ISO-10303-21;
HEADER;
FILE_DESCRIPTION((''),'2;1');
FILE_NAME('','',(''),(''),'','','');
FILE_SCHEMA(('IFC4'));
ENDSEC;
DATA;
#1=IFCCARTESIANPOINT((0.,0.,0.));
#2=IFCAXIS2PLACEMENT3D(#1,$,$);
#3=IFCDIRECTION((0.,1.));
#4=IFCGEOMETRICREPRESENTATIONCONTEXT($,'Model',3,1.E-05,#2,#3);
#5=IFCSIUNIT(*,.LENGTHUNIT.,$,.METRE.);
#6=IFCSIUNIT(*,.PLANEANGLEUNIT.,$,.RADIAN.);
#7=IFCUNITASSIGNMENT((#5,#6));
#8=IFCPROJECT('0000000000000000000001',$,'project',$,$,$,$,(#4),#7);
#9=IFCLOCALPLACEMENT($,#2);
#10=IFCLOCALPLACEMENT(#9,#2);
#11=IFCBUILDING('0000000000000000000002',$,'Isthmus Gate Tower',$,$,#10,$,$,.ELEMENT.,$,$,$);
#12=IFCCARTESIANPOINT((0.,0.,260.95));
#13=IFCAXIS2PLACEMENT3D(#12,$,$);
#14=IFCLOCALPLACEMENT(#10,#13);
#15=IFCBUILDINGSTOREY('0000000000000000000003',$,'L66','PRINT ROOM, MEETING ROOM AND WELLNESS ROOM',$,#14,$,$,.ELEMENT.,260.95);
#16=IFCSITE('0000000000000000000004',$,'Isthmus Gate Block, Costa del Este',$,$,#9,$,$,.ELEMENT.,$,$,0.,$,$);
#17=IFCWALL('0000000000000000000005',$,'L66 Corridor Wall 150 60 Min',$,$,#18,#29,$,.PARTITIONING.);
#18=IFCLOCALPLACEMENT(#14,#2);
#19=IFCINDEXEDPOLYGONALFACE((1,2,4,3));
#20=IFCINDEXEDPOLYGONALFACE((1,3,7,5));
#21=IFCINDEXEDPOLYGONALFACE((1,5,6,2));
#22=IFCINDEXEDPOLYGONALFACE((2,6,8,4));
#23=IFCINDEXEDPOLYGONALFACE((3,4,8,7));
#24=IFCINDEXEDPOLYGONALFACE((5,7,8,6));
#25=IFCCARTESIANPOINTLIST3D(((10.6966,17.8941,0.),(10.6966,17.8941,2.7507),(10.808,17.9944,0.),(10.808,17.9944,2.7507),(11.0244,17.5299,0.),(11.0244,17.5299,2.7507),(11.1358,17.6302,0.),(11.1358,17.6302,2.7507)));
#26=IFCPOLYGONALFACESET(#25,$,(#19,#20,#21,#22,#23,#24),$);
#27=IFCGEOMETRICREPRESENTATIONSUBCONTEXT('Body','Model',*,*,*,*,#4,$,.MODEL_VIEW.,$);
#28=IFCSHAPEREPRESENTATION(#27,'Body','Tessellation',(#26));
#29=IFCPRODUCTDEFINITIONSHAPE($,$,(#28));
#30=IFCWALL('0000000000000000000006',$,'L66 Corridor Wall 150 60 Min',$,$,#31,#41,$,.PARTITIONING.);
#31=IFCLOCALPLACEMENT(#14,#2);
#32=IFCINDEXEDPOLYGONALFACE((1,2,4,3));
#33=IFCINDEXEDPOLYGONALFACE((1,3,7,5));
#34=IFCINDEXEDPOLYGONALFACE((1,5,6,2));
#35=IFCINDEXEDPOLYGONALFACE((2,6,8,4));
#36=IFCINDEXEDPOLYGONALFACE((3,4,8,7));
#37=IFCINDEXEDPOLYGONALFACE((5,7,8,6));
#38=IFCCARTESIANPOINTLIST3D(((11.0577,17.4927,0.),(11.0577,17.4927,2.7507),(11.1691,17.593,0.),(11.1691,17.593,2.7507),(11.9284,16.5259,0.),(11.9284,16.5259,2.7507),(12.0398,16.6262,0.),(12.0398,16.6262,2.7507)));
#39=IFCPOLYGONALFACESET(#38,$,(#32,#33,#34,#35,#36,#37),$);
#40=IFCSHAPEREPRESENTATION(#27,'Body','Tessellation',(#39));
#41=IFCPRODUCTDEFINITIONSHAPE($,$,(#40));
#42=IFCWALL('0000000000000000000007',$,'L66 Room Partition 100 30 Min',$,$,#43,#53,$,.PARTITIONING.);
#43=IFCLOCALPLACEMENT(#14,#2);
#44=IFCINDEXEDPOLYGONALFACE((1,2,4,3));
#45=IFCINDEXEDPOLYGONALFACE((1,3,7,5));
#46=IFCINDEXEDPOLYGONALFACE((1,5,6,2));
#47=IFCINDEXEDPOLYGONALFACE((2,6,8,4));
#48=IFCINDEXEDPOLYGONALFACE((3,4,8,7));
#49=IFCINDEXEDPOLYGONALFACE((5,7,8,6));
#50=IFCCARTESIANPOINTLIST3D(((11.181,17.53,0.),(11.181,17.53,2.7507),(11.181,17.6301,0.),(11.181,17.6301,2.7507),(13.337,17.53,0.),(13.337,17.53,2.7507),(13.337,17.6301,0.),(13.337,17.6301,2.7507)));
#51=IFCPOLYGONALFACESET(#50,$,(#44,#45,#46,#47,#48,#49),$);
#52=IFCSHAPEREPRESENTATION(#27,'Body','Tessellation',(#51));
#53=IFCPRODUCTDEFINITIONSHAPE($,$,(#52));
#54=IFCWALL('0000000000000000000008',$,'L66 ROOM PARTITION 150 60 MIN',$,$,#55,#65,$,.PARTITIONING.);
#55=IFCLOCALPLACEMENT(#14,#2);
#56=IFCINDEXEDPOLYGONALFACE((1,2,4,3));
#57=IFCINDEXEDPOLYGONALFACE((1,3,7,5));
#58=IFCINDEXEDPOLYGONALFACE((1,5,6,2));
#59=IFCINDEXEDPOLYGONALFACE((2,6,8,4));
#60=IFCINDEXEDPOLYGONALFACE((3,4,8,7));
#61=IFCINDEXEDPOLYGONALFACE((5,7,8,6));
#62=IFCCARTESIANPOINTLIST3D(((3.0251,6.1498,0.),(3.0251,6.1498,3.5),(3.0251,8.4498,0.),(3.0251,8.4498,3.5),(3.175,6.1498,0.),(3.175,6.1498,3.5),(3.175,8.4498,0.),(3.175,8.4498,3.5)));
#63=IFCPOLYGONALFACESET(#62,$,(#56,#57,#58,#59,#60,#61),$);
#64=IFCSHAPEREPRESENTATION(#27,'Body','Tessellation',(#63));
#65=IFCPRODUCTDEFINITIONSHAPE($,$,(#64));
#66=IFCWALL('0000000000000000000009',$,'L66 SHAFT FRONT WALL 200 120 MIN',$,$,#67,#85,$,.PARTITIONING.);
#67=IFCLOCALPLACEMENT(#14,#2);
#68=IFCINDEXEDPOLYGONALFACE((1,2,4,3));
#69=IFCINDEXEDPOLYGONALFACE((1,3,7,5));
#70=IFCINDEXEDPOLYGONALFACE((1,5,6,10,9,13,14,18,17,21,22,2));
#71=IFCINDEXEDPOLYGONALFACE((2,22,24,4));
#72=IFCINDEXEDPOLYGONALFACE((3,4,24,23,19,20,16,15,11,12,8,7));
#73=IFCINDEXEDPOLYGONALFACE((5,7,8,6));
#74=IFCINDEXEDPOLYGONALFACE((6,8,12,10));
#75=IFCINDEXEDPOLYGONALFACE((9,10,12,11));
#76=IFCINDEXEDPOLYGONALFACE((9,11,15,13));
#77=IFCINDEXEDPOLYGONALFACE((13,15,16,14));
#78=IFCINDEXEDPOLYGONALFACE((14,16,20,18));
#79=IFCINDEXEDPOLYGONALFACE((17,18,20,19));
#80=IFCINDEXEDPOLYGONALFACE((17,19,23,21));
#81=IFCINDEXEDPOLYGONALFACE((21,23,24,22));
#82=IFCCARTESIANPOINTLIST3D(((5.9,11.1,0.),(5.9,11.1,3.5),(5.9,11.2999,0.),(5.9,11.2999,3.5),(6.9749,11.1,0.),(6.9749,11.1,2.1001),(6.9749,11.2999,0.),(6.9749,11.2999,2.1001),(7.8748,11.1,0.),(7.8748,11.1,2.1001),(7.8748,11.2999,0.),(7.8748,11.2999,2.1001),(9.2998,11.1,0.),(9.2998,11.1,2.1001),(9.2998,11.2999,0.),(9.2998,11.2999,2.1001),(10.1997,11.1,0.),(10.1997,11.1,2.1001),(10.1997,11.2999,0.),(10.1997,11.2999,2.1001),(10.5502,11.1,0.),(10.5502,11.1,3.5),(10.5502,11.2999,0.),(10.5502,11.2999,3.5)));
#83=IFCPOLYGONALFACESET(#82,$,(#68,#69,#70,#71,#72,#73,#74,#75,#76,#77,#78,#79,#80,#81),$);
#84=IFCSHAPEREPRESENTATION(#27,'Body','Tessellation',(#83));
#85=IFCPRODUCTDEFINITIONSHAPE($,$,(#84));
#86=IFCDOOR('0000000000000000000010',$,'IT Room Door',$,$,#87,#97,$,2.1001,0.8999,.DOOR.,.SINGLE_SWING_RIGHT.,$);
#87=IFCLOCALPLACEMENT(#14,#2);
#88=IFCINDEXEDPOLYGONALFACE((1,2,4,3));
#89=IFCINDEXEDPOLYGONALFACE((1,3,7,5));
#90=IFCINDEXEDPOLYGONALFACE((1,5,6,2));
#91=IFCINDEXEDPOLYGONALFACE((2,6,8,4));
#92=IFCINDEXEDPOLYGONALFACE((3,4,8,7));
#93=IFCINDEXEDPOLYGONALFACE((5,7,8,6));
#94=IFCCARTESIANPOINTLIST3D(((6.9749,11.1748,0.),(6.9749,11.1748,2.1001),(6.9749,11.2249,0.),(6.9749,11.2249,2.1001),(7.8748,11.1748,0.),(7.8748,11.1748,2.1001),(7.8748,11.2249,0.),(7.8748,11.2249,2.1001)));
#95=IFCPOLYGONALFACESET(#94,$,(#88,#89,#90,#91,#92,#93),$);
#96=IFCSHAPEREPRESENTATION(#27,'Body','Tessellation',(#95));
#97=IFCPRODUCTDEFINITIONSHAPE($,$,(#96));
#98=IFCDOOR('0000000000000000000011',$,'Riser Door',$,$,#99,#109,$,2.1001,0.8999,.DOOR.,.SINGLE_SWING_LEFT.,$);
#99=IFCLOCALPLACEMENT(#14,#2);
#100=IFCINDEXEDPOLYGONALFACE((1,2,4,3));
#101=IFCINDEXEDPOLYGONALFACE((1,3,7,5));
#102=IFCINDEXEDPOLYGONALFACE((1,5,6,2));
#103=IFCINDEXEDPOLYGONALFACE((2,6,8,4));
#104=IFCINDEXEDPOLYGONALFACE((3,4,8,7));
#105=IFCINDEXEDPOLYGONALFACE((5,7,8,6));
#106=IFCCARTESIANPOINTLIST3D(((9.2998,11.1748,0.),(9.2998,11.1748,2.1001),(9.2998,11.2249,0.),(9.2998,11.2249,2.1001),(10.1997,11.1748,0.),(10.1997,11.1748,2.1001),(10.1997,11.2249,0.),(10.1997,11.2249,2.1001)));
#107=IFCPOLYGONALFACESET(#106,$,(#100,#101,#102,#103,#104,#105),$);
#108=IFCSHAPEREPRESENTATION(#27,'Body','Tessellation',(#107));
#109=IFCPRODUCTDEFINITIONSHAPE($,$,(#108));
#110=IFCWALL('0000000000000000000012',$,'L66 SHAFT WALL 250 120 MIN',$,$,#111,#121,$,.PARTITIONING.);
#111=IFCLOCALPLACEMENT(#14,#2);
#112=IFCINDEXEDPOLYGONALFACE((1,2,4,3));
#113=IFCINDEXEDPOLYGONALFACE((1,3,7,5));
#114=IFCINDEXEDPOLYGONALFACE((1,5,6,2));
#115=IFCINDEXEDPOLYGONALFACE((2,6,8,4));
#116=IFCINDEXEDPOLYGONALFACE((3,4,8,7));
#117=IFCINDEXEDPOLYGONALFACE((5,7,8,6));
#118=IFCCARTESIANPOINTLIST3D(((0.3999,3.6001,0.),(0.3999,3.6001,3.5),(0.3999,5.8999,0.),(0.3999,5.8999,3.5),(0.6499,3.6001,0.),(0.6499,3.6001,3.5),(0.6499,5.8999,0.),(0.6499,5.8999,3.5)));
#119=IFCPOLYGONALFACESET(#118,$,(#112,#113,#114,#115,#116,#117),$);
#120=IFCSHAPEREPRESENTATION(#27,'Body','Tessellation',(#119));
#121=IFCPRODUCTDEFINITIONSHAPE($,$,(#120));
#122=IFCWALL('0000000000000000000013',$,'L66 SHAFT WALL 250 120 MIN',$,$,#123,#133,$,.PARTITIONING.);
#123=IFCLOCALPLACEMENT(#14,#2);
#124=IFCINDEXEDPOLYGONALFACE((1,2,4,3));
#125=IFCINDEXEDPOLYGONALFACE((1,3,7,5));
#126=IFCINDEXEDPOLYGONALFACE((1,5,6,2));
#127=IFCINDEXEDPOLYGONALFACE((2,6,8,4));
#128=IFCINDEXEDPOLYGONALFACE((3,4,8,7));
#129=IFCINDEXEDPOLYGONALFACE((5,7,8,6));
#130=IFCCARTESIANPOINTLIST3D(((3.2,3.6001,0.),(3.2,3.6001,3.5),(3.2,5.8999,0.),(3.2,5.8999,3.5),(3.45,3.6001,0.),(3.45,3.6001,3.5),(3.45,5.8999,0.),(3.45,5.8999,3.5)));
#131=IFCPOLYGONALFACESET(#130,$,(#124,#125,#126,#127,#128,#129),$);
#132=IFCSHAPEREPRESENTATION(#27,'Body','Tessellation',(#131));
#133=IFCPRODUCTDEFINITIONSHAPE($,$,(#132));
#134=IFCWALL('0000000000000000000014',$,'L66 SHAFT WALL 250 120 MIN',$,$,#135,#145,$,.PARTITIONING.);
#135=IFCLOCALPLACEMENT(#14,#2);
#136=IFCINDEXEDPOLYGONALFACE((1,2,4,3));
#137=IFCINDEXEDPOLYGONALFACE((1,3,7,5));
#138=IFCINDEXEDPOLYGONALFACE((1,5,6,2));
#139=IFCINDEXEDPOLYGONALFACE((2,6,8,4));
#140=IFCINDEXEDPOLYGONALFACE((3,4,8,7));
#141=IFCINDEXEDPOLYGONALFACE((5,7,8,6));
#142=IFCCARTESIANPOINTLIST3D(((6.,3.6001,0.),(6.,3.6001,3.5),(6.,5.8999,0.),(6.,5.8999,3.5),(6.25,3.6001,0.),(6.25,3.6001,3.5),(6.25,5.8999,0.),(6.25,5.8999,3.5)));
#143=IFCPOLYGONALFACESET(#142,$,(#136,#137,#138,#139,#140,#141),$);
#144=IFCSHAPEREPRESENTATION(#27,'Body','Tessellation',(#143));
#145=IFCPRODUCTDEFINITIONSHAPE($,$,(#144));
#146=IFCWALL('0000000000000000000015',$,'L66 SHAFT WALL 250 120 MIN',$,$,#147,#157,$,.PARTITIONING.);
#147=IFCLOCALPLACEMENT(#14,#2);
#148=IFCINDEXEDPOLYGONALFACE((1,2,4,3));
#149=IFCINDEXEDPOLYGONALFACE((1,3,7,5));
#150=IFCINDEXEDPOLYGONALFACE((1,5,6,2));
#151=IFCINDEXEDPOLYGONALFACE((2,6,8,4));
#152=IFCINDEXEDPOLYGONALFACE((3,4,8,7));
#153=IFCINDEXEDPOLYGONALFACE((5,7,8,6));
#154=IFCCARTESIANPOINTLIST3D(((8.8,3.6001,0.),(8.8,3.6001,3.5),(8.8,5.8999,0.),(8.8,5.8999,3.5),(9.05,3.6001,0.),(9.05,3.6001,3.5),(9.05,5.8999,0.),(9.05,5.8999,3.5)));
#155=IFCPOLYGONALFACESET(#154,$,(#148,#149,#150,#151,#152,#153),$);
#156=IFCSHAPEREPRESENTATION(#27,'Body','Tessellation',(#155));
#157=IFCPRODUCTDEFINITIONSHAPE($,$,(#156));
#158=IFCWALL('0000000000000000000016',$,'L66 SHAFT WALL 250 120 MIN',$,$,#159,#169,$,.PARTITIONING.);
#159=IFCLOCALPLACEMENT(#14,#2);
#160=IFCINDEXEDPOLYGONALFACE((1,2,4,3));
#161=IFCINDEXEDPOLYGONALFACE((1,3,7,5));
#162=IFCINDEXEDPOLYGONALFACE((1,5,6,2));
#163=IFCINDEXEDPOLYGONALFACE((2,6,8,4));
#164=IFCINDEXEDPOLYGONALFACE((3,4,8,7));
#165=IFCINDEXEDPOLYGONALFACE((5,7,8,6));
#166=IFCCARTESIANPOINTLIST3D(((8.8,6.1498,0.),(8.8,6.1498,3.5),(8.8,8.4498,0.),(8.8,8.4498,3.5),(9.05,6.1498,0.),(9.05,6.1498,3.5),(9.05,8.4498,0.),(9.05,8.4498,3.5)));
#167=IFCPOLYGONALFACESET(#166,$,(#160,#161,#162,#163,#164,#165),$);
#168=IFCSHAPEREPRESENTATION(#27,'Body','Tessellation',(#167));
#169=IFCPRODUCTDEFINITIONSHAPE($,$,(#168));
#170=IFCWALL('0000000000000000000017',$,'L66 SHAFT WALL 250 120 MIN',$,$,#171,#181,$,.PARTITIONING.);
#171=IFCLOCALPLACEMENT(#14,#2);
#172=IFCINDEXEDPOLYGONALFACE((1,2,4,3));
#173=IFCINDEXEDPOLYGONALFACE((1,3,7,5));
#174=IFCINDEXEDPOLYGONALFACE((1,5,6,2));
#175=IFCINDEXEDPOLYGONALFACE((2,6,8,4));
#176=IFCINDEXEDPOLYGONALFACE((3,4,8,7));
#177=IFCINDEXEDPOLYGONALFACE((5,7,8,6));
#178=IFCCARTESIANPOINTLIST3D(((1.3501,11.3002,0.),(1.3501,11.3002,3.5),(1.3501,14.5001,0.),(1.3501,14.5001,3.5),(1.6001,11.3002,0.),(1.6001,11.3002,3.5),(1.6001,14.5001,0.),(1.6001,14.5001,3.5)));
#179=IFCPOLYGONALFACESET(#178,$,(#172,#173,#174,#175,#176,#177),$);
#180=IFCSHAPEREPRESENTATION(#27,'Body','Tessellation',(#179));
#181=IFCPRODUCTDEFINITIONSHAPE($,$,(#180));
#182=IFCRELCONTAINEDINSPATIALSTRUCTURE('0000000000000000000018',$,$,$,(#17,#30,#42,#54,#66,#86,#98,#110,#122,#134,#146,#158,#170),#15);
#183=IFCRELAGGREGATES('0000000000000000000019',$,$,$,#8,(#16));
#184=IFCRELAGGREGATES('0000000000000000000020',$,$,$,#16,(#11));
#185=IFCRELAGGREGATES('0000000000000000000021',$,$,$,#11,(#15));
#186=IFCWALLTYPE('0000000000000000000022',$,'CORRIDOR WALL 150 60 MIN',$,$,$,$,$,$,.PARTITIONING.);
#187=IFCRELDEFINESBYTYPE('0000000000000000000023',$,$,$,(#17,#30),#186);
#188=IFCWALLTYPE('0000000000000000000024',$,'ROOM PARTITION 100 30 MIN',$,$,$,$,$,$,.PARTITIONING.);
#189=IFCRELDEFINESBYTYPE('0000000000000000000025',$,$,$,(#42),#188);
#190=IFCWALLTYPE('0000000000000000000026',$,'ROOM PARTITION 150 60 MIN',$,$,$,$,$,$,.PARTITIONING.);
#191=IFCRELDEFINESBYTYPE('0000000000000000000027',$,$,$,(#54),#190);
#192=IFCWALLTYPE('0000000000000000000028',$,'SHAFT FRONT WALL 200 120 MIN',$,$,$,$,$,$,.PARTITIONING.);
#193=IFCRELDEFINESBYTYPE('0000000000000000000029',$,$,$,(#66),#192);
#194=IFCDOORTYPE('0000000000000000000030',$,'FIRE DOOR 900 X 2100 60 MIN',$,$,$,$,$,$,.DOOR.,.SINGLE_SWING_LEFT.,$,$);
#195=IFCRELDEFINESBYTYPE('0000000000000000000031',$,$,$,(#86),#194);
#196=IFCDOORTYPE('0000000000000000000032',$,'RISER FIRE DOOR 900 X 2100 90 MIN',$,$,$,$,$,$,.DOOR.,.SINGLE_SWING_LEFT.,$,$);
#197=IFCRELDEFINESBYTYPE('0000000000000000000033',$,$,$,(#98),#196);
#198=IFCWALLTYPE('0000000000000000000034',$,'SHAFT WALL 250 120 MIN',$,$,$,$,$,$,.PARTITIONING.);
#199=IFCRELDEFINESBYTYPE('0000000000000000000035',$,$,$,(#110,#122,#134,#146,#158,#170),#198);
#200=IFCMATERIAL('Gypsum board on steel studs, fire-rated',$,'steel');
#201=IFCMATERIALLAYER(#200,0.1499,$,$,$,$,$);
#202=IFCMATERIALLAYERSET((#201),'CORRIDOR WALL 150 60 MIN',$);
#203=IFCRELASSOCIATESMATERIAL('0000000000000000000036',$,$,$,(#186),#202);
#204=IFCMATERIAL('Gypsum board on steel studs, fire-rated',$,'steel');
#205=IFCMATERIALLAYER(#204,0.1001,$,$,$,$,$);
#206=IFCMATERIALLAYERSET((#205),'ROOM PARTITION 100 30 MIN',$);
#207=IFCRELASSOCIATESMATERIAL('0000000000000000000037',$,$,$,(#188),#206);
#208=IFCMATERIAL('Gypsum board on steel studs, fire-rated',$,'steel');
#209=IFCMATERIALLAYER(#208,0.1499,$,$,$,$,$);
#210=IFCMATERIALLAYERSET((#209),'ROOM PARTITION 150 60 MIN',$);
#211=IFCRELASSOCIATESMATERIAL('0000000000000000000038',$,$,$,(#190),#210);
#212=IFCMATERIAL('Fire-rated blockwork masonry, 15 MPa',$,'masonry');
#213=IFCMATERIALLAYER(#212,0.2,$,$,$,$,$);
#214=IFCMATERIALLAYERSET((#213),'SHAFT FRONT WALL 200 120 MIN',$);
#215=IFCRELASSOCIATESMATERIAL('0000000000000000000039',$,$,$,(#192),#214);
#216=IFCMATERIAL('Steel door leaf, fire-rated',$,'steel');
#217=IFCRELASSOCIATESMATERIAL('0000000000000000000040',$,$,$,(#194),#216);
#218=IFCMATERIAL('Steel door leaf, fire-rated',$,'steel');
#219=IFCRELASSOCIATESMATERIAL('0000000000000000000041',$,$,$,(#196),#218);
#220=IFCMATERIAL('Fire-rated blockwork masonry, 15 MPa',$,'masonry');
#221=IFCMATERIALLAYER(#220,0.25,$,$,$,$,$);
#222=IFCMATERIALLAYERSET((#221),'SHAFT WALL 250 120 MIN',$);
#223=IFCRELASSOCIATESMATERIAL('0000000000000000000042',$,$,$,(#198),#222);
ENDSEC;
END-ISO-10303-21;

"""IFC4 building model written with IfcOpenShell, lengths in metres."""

from ifc_helpers import new_model, si_unit, direction, frame, frame_2d, origin, place, context, subcontext, project, spatial, rectangle, extrude, material, layer, layer_set, type_object, element, fill, save


model = new_model("IFC4")

# Units and contexts
model_context = context("Model", 3, precision=1e-05, world=origin(), true_north=direction((0.0, 1.0)))
body_context = subcontext(model_context, "Body", "Model", "MODEL_VIEW")
ifc_project = project(units=[si_unit("LENGTHUNIT", "METRE"), si_unit("PLANEANGLEUNIT", "RADIAN")], contexts=[model_context])

# Site, building, storey
site_placement = place(None, origin())
site = spatial("IfcSite", under=ifc_project, at=site_placement, Name="Isthmus Gate Block, Costa del Este", CompositionType="ELEMENT", RefElevation=0.0)
building_placement = place(site_placement, origin())
building = spatial("IfcBuilding", under=site, at=building_placement, Name="Isthmus Gate Tower", CompositionType="ELEMENT")
storey_placement = place(building_placement, frame((0.0, 0.0, 260.95)))
storey = spatial("IfcBuildingStorey", under=building, at=storey_placement, Name="L66", Description="PRINT ROOM, MEETING ROOM AND WELLNESS ROOM", CompositionType="ELEMENT", Elevation=260.95)

# Walls
ifc_material_1 = material(Name="Gypsum board on steel studs, fire-rated", Category="steel")
ifc_layer_1 = layer(ifc_material_1, 0.1499)
ifc_layer_set_1 = layer_set([ifc_layer_1], Name="CORRIDOR WALL 150 60 MIN")
wall_type_1 = type_object("IfcWallType", Name="CORRIDOR WALL 150 60 MIN", PredefinedType="PARTITIONING", material=ifc_layer_set_1)
wall_1_placement = place(storey_placement, frame((10.7522, 17.9443, 0.0), z_axis=(0.0, 0.0, 1.0), x_axis=(0.66902, -0.743245, 0.0)))
element("IfcWall", 1, at=wall_1_placement, inside=storey, type_object=wall_type_1, Name="L66 Corridor Wall 150 60 Min", PredefinedType="PARTITIONING", context=body_context, shape_type="SweptSolid", body=[
    extrude(rectangle(XDim=0.49, YDim=0.1499, at=frame_2d((0.2451, 0.0))), origin(), (0.0, 0.0, 1.0), 2.7507),
])
wall_2_placement = place(storey_placement, frame((11.1135, 17.5427, 0.0), z_axis=(0.0, 0.0, 1.0), x_axis=(0.669172, -0.743108, 0.0)))
element("IfcWall", 2, at=wall_2_placement, inside=storey, type_object=wall_type_1, Name="L66 Corridor Wall 150 60 Min", PredefinedType="PARTITIONING", context=body_context, shape_type="SweptSolid", body=[
    extrude(rectangle(XDim=1.301, YDim=0.1499, at=frame_2d((0.6504, 0.0))), origin(), (0.0, 0.0, 1.0), 2.7507),
])
ifc_material_2 = material(Name="Gypsum board on steel studs, fire-rated", Category="steel")
ifc_layer_2 = layer(ifc_material_2, 0.1001)
ifc_layer_set_2 = layer_set([ifc_layer_2], Name="ROOM PARTITION 100 30 MIN")
wall_type_2 = type_object("IfcWallType", Name="ROOM PARTITION 100 30 MIN", PredefinedType="PARTITIONING", material=ifc_layer_set_2)
wall_3_placement = place(storey_placement, frame((11.1809, 17.5801, 0.0), z_axis=(0.0, 0.0, 1.0), x_axis=(1.0, 0.0, 0.0)))
element("IfcWall", 3, at=wall_3_placement, inside=storey, type_object=wall_type_2, Name="L66 Room Partition 100 30 Min", PredefinedType="PARTITIONING", context=body_context, shape_type="SweptSolid", body=[
    extrude(rectangle(XDim=2.156, YDim=0.1001, at=frame_2d((1.0781, 0.0))), origin(), (0.0, 0.0, 1.0), 2.7507),
])
ifc_material_3 = material(Name="Gypsum board on steel studs, fire-rated", Category="steel")
ifc_layer_3 = layer(ifc_material_3, 0.1499)
ifc_layer_set_3 = layer_set([ifc_layer_3], Name="ROOM PARTITION 150 60 MIN")
wall_type_3 = type_object("IfcWallType", Name="ROOM PARTITION 150 60 MIN", PredefinedType="PARTITIONING", material=ifc_layer_set_3)
wall_4_placement = place(storey_placement, frame((3.1001, 6.1499, 0.0), z_axis=(0.0, 0.0, 1.0), x_axis=(0.0, 1.0, 0.0)))
element("IfcWall", 4, at=wall_4_placement, inside=storey, type_object=wall_type_3, Name="L66 ROOM PARTITION 150 60 MIN", PredefinedType="PARTITIONING", context=body_context, shape_type="SweptSolid", body=[
    extrude(rectangle(XDim=2.3, YDim=0.1499, at=frame_2d((1.1499, 0.0))), origin(), (0.0, 0.0, 1.0), 3.5),
])

# Wall, openings, doors
ifc_material_4 = material(Name="Fire-rated blockwork masonry, 15 MPa", Category="masonry")
ifc_layer_4 = layer(ifc_material_4, 0.2)
ifc_layer_set_4 = layer_set([ifc_layer_4], Name="SHAFT FRONT WALL 200 120 MIN")
wall_type_4 = type_object("IfcWallType", Name="SHAFT FRONT WALL 200 120 MIN", PredefinedType="PARTITIONING", material=ifc_layer_set_4)
wall_5_placement = place(storey_placement, frame((5.8999, 11.2, 0.0), z_axis=(0.0, 0.0, 1.0), x_axis=(1.0, 0.0, 0.0)))
wall_5 = element("IfcWall", 5, at=wall_5_placement, inside=storey, type_object=wall_type_4, Name="L66 SHAFT FRONT WALL 200 120 MIN", PredefinedType="PARTITIONING", context=body_context, shape_type="SweptSolid", body=[
    extrude(rectangle(XDim=4.6501, YDim=0.2, at=frame_2d((2.3252, 0.0))), origin(), (0.0, 0.0, 1.0), 3.5),
])
opening_1_placement = place(wall_5_placement, frame((1.075, 0.0, 0.0)))
opening_1 = element("IfcOpeningElement", 6, at=opening_1_placement, cuts=wall_5, PredefinedType="OPENING", context=body_context, shape_type="SweptSolid", body=[
    extrude(rectangle(XDim=0.8999, YDim=2.1001, at=frame_2d((0.45, 1.05))), frame((0.0, 0.1099, 0.0), z_axis=(0.0, -1.0, 0.0), x_axis=(1.0, 0.0, 0.0)), (0.0, 0.0, 1.0), 0.22),
])
opening_2_placement = place(wall_5_placement, frame((3.3999, 0.0, 0.0)))
opening_2 = element("IfcOpeningElement", 7, at=opening_2_placement, cuts=wall_5, PredefinedType="OPENING", context=body_context, shape_type="SweptSolid", body=[
    extrude(rectangle(XDim=0.8999, YDim=2.1001, at=frame_2d((0.45, 1.05))), frame((0.0, 0.1099, 0.0), z_axis=(0.0, -1.0, 0.0), x_axis=(1.0, 0.0, 0.0)), (0.0, 0.0, 1.0), 0.22),
])
ifc_material_5 = material(Name="Steel door leaf, fire-rated", Category="steel")
door_type_1 = type_object("IfcDoorType", Name="FIRE DOOR 900 X 2100 60 MIN", OperationType="SINGLE_SWING_LEFT", PredefinedType="DOOR", material=ifc_material_5)
door_1_placement = place(opening_1_placement, origin())
door_1 = element("IfcDoor", 8, at=door_1_placement, inside=storey, type_object=door_type_1, Name="IT Room Door", OperationType="SINGLE_SWING_RIGHT", OverallHeight=2.1001, OverallWidth=0.8999, PredefinedType="DOOR", context=body_context, shape_type="SweptSolid", body=[
    extrude(rectangle(XDim=0.8999, YDim=2.1001, at=frame_2d((0.45, 1.05))), frame((0.0, 0.0249, 0.0), z_axis=(0.0, -1.0, 0.0), x_axis=(1.0, 0.0, 0.0)), (0.0, 0.0, 1.0), 0.05),
])
fill(opening_1, door_1)
ifc_material_6 = material(Name="Steel door leaf, fire-rated", Category="steel")
door_type_2 = type_object("IfcDoorType", Name="RISER FIRE DOOR 900 X 2100 90 MIN", OperationType="SINGLE_SWING_LEFT", PredefinedType="DOOR", material=ifc_material_6)
door_2_placement = place(opening_2_placement, origin())
door_2 = element("IfcDoor", 9, at=door_2_placement, inside=storey, type_object=door_type_2, Name="Riser Door", OperationType="SINGLE_SWING_LEFT", OverallHeight=2.1001, OverallWidth=0.8999, PredefinedType="DOOR", context=body_context, shape_type="SweptSolid", body=[
    extrude(rectangle(XDim=0.8999, YDim=2.1001, at=frame_2d((0.45, 1.05))), frame((0.0, 0.0249, 0.0), z_axis=(0.0, -1.0, 0.0), x_axis=(1.0, 0.0, 0.0)), (0.0, 0.0, 1.0), 0.05),
])
fill(opening_2, door_2)

# Walls
ifc_material_7 = material(Name="Fire-rated blockwork masonry, 15 MPa", Category="masonry")
ifc_layer_5 = layer(ifc_material_7, 0.25)
ifc_layer_set_5 = layer_set([ifc_layer_5], Name="SHAFT WALL 250 120 MIN")
wall_type_5 = type_object("IfcWallType", Name="SHAFT WALL 250 120 MIN", PredefinedType="PARTITIONING", material=ifc_layer_set_5)
for number, where, z_axis, x_axis, name in (
    (10, (0.5249, 3.6001, 0.0), (0.0, 0.0, 1.0), (0.0, 1.0, 0.0), "L66 SHAFT WALL 250 120 MIN"),
    (11, (3.325, 3.6001, 0.0), (0.0, 0.0, 1.0), (0.0, 1.0, 0.0), "L66 SHAFT WALL 250 120 MIN"),
    (12, (6.125, 3.6001, 0.0), (0.0, 0.0, 1.0), (0.0, 1.0, 0.0), "L66 SHAFT WALL 250 120 MIN"),
    (13, (8.925, 3.6001, 0.0), (0.0, 0.0, 1.0), (0.0, 1.0, 0.0), "L66 SHAFT WALL 250 120 MIN"),
):
    element("IfcWall", number, at=place(storey_placement, frame(where, z_axis=z_axis, x_axis=x_axis)), inside=storey, type_object=wall_type_5, Name=name, PredefinedType="PARTITIONING", context=body_context, shape_type="SweptSolid", body=[
        extrude(rectangle(XDim=2.2998, YDim=0.25, at=frame_2d((1.1499, 0.0))), origin(), (0.0, 0.0, 1.0), 3.5),
    ])
wall_6_placement = place(storey_placement, frame((8.925, 6.1499, 0.0), z_axis=(0.0, 0.0, 1.0), x_axis=(0.0, 1.0, 0.0)))
element("IfcWall", 14, at=wall_6_placement, inside=storey, type_object=wall_type_5, Name="L66 SHAFT WALL 250 120 MIN", PredefinedType="PARTITIONING", context=body_context, shape_type="SweptSolid", body=[
    extrude(rectangle(XDim=2.3, YDim=0.25, at=frame_2d((1.1499, 0.0))), origin(), (0.0, 0.0, 1.0), 3.5),
])
for number, where, z_axis, x_axis, name in (
    (15, (1.4751, 11.3, 0.0), (0.0, 0.0, 1.0), (0.0, 1.0, 0.0), "L66 SHAFT WALL 250 120 MIN"),
):
    element("IfcWall", number, at=place(storey_placement, frame(where, z_axis=z_axis, x_axis=x_axis)), inside=storey, type_object=wall_type_5, Name=name, PredefinedType="PARTITIONING", context=body_context, shape_type="SweptSolid", body=[
        extrude(rectangle(XDim=3.2, YDim=0.25, at=frame_2d((1.6001, 0.0))), origin(), (0.0, 0.0, 1.0), 3.5),
    ])

save(model, "model.ifc")
